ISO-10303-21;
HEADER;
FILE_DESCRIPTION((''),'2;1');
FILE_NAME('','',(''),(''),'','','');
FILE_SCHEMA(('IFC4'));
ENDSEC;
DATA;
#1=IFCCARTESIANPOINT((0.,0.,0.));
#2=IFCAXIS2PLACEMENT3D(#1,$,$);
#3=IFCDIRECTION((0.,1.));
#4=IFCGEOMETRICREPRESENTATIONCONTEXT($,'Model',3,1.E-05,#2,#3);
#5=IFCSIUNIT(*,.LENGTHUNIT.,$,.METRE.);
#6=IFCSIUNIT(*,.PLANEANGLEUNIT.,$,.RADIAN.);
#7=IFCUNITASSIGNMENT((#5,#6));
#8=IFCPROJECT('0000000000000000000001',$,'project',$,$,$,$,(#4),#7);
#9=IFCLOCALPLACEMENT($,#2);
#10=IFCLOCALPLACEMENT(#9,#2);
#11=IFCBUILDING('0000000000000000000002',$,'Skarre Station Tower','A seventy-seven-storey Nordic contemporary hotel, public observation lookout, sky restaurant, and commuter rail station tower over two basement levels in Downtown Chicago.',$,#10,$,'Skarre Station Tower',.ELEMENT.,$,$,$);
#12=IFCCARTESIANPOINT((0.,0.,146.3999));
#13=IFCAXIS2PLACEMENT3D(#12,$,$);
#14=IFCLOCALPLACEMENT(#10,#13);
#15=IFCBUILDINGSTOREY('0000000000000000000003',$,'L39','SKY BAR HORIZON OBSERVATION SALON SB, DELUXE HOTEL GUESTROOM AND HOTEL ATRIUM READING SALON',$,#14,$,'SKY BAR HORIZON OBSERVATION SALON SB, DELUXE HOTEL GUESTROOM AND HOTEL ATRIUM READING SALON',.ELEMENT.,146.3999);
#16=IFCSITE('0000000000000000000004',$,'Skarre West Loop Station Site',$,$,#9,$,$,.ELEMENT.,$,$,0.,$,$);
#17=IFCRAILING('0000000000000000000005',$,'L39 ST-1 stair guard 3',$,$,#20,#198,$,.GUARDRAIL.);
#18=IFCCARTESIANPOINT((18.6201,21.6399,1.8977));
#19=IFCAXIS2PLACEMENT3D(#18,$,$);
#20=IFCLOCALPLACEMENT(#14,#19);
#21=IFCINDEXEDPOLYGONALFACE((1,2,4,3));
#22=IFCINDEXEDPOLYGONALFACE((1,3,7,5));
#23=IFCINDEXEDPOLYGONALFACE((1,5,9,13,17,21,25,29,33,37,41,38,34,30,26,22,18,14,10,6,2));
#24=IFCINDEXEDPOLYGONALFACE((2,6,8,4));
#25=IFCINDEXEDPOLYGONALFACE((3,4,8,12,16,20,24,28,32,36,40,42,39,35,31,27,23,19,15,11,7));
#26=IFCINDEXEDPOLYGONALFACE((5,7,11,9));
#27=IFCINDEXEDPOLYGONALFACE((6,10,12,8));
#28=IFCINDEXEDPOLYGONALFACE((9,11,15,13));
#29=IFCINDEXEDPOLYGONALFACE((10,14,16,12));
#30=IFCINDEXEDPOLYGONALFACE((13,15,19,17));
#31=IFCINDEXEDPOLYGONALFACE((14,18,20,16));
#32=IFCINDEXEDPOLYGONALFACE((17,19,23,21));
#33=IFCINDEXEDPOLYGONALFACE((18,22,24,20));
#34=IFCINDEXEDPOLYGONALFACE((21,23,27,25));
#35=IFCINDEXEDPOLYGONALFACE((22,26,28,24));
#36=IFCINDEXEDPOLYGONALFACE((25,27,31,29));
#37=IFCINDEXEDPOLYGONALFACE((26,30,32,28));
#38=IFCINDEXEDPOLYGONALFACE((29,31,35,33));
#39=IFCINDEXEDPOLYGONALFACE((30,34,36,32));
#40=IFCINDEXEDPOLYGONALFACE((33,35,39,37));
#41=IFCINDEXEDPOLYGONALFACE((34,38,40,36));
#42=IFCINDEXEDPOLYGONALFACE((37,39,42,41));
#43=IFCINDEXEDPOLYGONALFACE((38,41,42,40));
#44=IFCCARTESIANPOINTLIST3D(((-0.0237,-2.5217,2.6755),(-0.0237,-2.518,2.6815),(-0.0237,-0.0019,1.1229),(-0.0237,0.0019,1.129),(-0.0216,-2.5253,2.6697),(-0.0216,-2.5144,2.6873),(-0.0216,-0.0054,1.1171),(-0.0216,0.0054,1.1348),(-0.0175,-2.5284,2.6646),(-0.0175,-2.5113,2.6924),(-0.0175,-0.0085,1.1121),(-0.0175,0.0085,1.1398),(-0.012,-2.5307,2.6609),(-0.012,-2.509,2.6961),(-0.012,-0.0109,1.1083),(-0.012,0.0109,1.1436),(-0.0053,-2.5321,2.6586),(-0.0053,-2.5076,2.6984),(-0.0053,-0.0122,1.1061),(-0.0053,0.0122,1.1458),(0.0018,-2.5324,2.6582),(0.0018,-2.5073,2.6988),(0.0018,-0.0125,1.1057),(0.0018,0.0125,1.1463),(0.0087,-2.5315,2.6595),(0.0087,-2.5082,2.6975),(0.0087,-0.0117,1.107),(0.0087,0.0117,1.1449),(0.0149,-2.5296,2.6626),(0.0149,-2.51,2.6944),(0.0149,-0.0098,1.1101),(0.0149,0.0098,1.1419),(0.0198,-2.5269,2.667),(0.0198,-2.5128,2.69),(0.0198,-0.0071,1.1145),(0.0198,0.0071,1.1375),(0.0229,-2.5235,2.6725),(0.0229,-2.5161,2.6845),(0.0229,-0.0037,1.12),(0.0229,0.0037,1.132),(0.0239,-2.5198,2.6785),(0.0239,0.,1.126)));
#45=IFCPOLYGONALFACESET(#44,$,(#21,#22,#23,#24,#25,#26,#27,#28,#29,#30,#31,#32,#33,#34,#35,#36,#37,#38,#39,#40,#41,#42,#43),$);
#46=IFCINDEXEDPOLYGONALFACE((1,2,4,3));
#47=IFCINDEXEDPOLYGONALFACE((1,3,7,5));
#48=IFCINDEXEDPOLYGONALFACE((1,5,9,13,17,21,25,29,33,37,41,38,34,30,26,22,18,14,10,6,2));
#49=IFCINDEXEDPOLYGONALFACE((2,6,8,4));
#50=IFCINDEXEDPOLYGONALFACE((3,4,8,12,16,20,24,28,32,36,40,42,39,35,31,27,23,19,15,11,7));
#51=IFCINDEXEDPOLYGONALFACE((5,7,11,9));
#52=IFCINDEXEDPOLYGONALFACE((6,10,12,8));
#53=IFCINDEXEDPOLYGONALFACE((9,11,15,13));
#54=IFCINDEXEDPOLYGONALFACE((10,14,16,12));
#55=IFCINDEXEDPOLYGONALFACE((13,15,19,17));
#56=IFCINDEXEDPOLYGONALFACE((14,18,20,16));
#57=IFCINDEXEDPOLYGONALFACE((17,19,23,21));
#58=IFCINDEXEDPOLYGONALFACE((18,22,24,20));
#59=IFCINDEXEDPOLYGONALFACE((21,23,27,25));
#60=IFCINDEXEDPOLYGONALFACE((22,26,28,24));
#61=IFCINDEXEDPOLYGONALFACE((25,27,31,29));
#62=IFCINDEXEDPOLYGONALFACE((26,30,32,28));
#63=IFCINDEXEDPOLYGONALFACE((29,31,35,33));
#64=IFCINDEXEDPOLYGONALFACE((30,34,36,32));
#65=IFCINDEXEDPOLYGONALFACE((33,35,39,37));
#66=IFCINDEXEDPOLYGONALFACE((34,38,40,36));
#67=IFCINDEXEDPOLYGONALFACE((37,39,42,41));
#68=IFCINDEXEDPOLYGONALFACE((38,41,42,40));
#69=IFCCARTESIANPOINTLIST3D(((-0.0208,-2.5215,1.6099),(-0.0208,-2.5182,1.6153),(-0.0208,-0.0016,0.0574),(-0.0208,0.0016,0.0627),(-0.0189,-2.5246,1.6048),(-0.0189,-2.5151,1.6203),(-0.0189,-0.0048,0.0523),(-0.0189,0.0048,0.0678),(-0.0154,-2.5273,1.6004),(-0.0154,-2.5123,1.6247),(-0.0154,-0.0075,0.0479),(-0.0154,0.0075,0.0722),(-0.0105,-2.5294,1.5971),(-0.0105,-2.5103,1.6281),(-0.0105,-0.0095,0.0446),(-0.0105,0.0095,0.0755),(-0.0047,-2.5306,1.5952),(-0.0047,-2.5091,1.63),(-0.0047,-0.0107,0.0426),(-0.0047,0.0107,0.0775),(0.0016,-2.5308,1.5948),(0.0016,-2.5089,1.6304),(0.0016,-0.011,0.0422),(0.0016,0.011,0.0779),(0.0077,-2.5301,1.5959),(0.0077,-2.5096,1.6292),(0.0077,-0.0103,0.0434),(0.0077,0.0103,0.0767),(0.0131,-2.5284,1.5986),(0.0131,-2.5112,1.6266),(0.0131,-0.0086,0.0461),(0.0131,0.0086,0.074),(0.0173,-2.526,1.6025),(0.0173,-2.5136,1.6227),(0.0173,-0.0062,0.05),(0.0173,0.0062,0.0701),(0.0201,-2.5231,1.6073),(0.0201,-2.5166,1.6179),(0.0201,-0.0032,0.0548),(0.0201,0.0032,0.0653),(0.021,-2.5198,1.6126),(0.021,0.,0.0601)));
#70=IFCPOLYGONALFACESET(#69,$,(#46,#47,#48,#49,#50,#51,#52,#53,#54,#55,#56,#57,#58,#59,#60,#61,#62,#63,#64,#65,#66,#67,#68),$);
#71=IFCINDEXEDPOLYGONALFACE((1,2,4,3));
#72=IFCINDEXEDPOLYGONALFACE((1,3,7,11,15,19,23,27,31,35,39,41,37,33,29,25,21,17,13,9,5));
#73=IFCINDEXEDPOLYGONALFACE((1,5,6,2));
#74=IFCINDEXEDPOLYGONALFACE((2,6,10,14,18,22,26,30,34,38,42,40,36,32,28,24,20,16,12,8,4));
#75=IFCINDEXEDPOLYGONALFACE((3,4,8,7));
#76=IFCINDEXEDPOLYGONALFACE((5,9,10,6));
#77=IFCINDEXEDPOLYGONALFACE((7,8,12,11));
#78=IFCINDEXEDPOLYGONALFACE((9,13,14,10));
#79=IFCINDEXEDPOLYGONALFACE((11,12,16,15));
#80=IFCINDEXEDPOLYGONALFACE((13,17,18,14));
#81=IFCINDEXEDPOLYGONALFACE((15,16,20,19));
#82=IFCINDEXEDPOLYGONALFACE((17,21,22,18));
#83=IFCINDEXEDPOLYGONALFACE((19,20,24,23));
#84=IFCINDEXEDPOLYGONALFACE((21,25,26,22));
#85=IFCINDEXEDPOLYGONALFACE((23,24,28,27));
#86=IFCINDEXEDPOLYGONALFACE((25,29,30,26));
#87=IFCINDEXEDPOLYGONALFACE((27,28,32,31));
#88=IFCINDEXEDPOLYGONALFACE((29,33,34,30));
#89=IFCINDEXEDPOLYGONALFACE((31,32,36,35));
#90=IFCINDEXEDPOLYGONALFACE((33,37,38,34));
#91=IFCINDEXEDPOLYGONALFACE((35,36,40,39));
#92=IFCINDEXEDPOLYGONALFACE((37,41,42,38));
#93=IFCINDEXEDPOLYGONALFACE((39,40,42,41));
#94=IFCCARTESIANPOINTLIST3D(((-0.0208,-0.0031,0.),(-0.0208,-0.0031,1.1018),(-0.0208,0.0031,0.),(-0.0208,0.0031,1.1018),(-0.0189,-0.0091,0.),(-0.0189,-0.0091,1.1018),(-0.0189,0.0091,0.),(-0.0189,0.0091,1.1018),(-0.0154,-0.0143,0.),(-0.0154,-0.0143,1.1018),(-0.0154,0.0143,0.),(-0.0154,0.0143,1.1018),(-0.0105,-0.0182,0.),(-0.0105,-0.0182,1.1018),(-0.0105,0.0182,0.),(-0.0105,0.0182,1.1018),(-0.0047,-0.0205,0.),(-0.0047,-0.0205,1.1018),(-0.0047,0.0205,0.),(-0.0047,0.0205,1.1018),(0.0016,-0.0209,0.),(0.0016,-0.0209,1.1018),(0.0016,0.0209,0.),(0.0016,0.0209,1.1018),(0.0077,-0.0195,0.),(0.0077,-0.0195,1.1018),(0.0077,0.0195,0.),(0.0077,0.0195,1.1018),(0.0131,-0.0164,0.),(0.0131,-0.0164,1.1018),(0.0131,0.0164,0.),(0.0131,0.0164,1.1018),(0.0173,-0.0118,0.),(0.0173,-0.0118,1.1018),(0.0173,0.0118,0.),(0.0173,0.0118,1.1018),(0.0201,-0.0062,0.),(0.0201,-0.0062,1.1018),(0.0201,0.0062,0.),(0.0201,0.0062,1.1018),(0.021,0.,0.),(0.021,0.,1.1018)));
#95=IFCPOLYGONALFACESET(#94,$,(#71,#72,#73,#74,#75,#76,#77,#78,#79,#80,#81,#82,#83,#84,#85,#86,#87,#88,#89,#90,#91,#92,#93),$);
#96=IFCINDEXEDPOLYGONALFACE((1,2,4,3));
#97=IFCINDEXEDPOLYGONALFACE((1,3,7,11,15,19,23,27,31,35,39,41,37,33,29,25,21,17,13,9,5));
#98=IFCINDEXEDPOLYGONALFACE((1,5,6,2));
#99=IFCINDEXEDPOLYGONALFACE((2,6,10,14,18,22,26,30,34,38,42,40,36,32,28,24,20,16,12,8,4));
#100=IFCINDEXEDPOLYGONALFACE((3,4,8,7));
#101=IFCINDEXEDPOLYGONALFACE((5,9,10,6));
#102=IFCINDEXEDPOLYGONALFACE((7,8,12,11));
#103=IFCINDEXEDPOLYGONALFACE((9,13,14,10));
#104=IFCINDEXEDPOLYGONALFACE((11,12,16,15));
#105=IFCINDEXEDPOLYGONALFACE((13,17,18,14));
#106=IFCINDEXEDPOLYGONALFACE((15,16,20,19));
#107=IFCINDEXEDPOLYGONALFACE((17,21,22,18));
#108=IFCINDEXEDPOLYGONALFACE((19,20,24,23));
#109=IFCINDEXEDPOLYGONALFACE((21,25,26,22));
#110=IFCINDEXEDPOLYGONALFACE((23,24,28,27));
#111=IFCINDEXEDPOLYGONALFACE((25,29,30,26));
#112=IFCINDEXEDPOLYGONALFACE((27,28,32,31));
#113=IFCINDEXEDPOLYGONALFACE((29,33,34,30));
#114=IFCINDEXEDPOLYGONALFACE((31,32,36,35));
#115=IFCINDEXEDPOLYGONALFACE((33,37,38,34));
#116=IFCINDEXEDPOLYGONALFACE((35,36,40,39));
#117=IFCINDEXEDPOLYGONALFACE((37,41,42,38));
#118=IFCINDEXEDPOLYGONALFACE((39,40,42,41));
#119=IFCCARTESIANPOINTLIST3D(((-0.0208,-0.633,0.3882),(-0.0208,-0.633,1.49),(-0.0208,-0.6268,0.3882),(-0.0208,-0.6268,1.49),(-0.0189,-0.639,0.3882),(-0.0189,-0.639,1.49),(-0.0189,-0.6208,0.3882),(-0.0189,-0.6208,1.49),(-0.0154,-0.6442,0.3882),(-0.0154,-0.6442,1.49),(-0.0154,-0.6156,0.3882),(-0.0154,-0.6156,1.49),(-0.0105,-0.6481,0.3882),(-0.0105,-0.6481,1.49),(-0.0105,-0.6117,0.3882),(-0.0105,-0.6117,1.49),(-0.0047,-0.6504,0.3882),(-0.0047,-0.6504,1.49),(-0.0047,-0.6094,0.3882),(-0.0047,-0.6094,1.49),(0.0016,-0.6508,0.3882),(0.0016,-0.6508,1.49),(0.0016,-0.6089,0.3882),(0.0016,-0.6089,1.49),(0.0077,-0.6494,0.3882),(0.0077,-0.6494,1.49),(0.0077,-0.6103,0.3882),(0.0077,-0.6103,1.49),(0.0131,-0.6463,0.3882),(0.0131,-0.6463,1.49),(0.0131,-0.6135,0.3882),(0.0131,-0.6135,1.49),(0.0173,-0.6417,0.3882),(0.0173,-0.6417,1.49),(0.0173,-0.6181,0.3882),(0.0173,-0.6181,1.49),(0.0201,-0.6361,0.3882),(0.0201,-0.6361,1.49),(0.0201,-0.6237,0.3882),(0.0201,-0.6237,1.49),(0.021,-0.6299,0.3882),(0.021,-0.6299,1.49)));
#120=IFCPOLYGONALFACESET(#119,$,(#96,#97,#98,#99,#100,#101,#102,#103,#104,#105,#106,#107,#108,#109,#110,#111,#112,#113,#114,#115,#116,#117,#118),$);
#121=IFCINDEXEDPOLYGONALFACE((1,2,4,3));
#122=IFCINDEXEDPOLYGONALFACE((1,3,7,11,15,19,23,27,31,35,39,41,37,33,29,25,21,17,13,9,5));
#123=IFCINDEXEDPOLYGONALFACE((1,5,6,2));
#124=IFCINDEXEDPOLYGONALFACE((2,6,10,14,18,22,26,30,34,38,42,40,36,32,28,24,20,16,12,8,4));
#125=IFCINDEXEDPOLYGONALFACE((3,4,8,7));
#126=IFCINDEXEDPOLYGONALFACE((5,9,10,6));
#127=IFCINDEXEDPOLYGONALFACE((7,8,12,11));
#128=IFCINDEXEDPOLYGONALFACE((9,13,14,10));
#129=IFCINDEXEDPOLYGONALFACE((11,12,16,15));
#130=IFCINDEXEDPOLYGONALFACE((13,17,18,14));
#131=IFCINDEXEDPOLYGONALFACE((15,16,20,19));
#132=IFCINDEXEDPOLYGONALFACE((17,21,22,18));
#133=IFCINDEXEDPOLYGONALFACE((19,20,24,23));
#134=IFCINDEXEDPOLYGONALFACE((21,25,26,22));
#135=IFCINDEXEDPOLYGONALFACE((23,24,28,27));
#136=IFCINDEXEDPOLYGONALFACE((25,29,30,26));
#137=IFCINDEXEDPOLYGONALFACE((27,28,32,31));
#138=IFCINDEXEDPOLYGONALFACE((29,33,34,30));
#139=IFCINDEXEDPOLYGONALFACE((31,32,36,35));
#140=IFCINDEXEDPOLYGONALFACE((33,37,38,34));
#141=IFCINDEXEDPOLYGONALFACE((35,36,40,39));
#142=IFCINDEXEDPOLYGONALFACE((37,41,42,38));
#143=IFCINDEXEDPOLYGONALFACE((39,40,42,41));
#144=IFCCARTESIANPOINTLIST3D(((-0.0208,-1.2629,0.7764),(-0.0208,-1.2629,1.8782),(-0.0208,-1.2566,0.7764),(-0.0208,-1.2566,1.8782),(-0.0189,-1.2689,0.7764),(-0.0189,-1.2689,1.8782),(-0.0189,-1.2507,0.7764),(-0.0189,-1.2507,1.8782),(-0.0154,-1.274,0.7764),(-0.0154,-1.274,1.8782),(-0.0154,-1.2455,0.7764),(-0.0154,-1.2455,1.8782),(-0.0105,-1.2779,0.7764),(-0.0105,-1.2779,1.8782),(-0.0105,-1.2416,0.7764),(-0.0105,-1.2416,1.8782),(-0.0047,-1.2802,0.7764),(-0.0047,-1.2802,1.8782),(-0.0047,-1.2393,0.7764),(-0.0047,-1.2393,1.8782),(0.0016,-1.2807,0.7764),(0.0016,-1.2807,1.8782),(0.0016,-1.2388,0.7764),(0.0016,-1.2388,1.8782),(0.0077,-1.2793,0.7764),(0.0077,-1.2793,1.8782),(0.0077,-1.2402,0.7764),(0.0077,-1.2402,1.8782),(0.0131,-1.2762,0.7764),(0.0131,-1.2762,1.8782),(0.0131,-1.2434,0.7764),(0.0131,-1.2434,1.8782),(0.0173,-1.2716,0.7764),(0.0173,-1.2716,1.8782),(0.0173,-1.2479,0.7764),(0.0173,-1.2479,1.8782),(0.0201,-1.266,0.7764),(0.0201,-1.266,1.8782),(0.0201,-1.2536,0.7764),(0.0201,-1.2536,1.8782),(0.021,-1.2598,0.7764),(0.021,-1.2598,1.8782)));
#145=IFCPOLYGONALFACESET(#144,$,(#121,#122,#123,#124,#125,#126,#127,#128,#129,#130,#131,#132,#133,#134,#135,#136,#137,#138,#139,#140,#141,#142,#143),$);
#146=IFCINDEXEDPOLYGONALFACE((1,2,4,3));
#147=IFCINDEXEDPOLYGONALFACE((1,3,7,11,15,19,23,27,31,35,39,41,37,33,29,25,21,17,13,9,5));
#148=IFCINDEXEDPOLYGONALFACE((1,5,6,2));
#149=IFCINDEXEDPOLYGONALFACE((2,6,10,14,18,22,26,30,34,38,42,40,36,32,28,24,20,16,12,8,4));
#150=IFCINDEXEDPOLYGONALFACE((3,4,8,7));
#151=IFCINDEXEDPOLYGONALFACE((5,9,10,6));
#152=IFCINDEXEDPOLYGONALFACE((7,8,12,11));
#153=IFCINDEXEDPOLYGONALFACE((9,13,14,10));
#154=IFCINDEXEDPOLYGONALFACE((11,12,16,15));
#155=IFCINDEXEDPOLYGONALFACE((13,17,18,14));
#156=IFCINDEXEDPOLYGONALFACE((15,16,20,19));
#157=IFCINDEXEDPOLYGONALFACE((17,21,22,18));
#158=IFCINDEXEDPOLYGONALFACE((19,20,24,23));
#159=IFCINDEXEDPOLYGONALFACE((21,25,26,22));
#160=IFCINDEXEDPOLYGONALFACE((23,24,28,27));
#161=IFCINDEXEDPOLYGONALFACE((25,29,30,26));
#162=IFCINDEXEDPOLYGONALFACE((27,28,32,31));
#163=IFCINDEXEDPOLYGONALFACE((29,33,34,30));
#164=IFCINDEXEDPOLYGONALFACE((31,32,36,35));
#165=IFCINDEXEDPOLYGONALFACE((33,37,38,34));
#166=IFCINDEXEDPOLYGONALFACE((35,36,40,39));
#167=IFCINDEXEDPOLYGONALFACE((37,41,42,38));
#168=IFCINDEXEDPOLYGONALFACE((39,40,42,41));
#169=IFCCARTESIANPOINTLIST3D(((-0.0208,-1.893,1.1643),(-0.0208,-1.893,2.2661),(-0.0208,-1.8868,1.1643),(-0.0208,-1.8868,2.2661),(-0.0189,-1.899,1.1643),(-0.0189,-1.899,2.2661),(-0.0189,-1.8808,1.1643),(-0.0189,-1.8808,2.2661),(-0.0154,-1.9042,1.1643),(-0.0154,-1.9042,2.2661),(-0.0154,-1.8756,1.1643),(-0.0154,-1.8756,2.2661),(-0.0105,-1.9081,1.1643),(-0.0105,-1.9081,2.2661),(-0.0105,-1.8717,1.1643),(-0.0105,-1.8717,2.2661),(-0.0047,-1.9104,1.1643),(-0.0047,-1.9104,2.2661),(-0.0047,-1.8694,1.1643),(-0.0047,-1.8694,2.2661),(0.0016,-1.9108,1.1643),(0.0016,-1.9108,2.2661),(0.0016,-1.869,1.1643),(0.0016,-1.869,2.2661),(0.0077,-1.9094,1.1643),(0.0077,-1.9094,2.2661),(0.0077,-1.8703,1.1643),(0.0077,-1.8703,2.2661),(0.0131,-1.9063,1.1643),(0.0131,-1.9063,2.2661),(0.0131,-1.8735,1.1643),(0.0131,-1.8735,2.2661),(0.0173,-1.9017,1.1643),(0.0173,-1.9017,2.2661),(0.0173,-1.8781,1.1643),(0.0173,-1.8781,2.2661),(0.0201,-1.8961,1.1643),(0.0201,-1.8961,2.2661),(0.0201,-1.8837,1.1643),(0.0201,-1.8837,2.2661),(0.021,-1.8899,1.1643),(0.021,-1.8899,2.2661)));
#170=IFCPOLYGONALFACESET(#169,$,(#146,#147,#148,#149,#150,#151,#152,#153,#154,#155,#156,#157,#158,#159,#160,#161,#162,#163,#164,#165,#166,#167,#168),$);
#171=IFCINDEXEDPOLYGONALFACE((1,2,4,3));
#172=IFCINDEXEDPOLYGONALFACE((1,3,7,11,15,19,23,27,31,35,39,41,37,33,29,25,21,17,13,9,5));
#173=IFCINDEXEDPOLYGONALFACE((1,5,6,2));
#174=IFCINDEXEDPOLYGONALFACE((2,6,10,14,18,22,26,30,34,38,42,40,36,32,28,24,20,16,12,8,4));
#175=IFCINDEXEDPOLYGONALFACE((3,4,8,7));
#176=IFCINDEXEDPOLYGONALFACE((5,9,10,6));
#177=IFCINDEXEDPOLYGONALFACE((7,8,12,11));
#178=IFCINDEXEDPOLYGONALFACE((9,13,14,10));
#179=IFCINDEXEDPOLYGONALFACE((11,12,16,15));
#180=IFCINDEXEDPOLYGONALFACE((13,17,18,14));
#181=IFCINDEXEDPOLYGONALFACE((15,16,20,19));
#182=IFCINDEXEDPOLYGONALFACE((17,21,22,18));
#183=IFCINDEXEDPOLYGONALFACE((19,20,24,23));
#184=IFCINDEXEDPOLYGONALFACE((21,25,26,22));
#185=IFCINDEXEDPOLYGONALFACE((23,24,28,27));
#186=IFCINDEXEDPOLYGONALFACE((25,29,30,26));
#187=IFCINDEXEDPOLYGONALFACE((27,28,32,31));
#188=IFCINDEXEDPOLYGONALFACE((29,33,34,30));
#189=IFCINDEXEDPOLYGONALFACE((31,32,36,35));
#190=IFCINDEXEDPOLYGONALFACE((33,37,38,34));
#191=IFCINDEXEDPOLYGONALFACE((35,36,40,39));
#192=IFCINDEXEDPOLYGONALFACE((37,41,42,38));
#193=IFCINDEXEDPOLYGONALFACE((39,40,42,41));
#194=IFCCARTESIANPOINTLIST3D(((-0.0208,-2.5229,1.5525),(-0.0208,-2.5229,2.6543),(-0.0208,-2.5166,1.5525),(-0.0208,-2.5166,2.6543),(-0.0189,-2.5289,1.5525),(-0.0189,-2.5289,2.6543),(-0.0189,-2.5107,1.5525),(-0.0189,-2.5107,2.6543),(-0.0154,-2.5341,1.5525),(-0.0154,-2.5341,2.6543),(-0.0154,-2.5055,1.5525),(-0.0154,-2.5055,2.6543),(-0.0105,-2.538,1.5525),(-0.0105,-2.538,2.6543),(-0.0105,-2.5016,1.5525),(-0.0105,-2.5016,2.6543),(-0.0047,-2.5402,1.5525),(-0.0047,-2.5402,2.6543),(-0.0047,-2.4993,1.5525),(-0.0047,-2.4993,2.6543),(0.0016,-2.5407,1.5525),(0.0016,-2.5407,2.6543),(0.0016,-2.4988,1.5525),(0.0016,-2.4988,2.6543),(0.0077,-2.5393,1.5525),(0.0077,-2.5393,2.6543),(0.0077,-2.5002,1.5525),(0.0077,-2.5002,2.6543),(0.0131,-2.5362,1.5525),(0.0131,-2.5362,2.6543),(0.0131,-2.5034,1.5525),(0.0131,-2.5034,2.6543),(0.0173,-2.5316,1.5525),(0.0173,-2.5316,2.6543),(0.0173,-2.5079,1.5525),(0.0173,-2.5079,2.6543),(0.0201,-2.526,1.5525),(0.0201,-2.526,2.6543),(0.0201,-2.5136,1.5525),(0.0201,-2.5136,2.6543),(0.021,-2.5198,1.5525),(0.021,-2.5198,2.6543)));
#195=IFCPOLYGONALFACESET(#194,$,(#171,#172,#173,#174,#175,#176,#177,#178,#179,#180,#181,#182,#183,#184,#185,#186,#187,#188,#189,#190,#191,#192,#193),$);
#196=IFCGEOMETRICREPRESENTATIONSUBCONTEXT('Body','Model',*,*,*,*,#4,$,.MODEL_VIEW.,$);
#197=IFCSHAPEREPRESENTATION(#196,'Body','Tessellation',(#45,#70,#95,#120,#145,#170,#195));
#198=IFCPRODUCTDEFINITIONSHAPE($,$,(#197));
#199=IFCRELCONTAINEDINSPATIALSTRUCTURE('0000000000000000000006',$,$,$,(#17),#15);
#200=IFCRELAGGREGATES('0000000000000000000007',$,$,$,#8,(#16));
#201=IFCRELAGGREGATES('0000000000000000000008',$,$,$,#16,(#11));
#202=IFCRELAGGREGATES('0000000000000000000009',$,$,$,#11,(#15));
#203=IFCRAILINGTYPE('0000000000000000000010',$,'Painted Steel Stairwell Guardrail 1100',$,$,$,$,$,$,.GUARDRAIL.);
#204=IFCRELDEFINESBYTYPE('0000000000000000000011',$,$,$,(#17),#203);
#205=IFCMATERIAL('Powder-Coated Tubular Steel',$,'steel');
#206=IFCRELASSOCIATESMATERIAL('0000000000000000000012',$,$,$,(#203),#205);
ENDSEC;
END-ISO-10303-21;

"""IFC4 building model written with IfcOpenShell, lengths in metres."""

from ifc_helpers import new_model, si_unit, direction, frame, origin, origin_2d, place, context, subcontext, project, spatial, circle, extrude, material, type_object, element, save


model = new_model("IFC4")

# Units and contexts
model_context = context("Model", 3, precision=1e-05, world=origin(), true_north=direction((0.0, 1.0)))
body_context = subcontext(model_context, "Body", "Model", "MODEL_VIEW")
ifc_project = project(units=[si_unit("LENGTHUNIT", "METRE"), si_unit("PLANEANGLEUNIT", "RADIAN")], contexts=[model_context])

# Site, building, storey
site_placement = place(None, origin())
site = spatial("IfcSite", under=ifc_project, at=site_placement, Name="Skarre West Loop Station Site", CompositionType="ELEMENT", RefElevation=0.0)
building_placement = place(site_placement, origin())
building = spatial("IfcBuilding", under=site, at=building_placement, Name="Skarre Station Tower", Description="A seventy-seven-storey Nordic contemporary hotel, public observation lookout, sky restaurant, and commuter rail station tower over two basement levels in Downtown Chicago.", LongName="Skarre Station Tower", CompositionType="ELEMENT")
storey_placement = place(building_placement, frame((0.0, 0.0, 146.3999)))
storey = spatial("IfcBuildingStorey", under=building, at=storey_placement, Name="L39", Description="SKY BAR HORIZON OBSERVATION SALON SB, DELUXE HOTEL GUESTROOM AND HOTEL ATRIUM READING SALON", LongName="SKY BAR HORIZON OBSERVATION SALON SB, DELUXE HOTEL GUESTROOM AND HOTEL ATRIUM READING SALON", CompositionType="ELEMENT", Elevation=146.3999)

# Railing
ifc_material_1 = material(Name="Powder-Coated Tubular Steel", Category="steel")
railing_type_1 = type_object("IfcRailingType", Name="Painted Steel Stairwell Guardrail 1100", PredefinedType="GUARDRAIL", material=ifc_material_1)
railing_1_placement = place(storey_placement, frame((18.6201, 21.6399, 1.8977)))
element("IfcRailing", 1, at=railing_1_placement, inside=storey, type_object=railing_type_1, Name="L39 ST-1 stair guard 3", PredefinedType="GUARDRAIL", context=body_context, shape_type="SweptSolid", body=[
    extrude(circle(Radius=0.0239, at=origin_2d()), frame((0.0, 0.0, 1.126), z_axis=(0.0, -0.851378, 0.524553), x_axis=(1.0, 0.0, 0.0)), (0.0, 0.0, 1.0), 2.9597),
    extrude(circle(Radius=0.021, at=origin_2d()), frame((0.0, 0.0, 0.0601), z_axis=(0.0, -0.851378, 0.524553), x_axis=(1.0, 0.0, 0.0)), (0.0, 0.0, 1.0), 2.9597),
    extrude(circle(Radius=0.021, at=origin_2d()), origin(), (0.0, 0.0, 1.0), 1.1018),
    extrude(circle(Radius=0.021, at=origin_2d()), frame((0.0, -0.6299, 0.3882)), (0.0, 0.0, 1.0), 1.1018),
    extrude(circle(Radius=0.021, at=origin_2d()), frame((0.0, -1.2598, 0.7764)), (0.0, 0.0, 1.0), 1.1018),
    extrude(circle(Radius=0.021, at=origin_2d()), frame((0.0, -1.8899, 1.1643)), (0.0, 0.0, 1.0), 1.1018),
    extrude(circle(Radius=0.021, at=origin_2d()), frame((0.0, -2.5198, 1.5525)), (0.0, 0.0, 1.0), 1.1018),
])

save(model, "model.ifc")
